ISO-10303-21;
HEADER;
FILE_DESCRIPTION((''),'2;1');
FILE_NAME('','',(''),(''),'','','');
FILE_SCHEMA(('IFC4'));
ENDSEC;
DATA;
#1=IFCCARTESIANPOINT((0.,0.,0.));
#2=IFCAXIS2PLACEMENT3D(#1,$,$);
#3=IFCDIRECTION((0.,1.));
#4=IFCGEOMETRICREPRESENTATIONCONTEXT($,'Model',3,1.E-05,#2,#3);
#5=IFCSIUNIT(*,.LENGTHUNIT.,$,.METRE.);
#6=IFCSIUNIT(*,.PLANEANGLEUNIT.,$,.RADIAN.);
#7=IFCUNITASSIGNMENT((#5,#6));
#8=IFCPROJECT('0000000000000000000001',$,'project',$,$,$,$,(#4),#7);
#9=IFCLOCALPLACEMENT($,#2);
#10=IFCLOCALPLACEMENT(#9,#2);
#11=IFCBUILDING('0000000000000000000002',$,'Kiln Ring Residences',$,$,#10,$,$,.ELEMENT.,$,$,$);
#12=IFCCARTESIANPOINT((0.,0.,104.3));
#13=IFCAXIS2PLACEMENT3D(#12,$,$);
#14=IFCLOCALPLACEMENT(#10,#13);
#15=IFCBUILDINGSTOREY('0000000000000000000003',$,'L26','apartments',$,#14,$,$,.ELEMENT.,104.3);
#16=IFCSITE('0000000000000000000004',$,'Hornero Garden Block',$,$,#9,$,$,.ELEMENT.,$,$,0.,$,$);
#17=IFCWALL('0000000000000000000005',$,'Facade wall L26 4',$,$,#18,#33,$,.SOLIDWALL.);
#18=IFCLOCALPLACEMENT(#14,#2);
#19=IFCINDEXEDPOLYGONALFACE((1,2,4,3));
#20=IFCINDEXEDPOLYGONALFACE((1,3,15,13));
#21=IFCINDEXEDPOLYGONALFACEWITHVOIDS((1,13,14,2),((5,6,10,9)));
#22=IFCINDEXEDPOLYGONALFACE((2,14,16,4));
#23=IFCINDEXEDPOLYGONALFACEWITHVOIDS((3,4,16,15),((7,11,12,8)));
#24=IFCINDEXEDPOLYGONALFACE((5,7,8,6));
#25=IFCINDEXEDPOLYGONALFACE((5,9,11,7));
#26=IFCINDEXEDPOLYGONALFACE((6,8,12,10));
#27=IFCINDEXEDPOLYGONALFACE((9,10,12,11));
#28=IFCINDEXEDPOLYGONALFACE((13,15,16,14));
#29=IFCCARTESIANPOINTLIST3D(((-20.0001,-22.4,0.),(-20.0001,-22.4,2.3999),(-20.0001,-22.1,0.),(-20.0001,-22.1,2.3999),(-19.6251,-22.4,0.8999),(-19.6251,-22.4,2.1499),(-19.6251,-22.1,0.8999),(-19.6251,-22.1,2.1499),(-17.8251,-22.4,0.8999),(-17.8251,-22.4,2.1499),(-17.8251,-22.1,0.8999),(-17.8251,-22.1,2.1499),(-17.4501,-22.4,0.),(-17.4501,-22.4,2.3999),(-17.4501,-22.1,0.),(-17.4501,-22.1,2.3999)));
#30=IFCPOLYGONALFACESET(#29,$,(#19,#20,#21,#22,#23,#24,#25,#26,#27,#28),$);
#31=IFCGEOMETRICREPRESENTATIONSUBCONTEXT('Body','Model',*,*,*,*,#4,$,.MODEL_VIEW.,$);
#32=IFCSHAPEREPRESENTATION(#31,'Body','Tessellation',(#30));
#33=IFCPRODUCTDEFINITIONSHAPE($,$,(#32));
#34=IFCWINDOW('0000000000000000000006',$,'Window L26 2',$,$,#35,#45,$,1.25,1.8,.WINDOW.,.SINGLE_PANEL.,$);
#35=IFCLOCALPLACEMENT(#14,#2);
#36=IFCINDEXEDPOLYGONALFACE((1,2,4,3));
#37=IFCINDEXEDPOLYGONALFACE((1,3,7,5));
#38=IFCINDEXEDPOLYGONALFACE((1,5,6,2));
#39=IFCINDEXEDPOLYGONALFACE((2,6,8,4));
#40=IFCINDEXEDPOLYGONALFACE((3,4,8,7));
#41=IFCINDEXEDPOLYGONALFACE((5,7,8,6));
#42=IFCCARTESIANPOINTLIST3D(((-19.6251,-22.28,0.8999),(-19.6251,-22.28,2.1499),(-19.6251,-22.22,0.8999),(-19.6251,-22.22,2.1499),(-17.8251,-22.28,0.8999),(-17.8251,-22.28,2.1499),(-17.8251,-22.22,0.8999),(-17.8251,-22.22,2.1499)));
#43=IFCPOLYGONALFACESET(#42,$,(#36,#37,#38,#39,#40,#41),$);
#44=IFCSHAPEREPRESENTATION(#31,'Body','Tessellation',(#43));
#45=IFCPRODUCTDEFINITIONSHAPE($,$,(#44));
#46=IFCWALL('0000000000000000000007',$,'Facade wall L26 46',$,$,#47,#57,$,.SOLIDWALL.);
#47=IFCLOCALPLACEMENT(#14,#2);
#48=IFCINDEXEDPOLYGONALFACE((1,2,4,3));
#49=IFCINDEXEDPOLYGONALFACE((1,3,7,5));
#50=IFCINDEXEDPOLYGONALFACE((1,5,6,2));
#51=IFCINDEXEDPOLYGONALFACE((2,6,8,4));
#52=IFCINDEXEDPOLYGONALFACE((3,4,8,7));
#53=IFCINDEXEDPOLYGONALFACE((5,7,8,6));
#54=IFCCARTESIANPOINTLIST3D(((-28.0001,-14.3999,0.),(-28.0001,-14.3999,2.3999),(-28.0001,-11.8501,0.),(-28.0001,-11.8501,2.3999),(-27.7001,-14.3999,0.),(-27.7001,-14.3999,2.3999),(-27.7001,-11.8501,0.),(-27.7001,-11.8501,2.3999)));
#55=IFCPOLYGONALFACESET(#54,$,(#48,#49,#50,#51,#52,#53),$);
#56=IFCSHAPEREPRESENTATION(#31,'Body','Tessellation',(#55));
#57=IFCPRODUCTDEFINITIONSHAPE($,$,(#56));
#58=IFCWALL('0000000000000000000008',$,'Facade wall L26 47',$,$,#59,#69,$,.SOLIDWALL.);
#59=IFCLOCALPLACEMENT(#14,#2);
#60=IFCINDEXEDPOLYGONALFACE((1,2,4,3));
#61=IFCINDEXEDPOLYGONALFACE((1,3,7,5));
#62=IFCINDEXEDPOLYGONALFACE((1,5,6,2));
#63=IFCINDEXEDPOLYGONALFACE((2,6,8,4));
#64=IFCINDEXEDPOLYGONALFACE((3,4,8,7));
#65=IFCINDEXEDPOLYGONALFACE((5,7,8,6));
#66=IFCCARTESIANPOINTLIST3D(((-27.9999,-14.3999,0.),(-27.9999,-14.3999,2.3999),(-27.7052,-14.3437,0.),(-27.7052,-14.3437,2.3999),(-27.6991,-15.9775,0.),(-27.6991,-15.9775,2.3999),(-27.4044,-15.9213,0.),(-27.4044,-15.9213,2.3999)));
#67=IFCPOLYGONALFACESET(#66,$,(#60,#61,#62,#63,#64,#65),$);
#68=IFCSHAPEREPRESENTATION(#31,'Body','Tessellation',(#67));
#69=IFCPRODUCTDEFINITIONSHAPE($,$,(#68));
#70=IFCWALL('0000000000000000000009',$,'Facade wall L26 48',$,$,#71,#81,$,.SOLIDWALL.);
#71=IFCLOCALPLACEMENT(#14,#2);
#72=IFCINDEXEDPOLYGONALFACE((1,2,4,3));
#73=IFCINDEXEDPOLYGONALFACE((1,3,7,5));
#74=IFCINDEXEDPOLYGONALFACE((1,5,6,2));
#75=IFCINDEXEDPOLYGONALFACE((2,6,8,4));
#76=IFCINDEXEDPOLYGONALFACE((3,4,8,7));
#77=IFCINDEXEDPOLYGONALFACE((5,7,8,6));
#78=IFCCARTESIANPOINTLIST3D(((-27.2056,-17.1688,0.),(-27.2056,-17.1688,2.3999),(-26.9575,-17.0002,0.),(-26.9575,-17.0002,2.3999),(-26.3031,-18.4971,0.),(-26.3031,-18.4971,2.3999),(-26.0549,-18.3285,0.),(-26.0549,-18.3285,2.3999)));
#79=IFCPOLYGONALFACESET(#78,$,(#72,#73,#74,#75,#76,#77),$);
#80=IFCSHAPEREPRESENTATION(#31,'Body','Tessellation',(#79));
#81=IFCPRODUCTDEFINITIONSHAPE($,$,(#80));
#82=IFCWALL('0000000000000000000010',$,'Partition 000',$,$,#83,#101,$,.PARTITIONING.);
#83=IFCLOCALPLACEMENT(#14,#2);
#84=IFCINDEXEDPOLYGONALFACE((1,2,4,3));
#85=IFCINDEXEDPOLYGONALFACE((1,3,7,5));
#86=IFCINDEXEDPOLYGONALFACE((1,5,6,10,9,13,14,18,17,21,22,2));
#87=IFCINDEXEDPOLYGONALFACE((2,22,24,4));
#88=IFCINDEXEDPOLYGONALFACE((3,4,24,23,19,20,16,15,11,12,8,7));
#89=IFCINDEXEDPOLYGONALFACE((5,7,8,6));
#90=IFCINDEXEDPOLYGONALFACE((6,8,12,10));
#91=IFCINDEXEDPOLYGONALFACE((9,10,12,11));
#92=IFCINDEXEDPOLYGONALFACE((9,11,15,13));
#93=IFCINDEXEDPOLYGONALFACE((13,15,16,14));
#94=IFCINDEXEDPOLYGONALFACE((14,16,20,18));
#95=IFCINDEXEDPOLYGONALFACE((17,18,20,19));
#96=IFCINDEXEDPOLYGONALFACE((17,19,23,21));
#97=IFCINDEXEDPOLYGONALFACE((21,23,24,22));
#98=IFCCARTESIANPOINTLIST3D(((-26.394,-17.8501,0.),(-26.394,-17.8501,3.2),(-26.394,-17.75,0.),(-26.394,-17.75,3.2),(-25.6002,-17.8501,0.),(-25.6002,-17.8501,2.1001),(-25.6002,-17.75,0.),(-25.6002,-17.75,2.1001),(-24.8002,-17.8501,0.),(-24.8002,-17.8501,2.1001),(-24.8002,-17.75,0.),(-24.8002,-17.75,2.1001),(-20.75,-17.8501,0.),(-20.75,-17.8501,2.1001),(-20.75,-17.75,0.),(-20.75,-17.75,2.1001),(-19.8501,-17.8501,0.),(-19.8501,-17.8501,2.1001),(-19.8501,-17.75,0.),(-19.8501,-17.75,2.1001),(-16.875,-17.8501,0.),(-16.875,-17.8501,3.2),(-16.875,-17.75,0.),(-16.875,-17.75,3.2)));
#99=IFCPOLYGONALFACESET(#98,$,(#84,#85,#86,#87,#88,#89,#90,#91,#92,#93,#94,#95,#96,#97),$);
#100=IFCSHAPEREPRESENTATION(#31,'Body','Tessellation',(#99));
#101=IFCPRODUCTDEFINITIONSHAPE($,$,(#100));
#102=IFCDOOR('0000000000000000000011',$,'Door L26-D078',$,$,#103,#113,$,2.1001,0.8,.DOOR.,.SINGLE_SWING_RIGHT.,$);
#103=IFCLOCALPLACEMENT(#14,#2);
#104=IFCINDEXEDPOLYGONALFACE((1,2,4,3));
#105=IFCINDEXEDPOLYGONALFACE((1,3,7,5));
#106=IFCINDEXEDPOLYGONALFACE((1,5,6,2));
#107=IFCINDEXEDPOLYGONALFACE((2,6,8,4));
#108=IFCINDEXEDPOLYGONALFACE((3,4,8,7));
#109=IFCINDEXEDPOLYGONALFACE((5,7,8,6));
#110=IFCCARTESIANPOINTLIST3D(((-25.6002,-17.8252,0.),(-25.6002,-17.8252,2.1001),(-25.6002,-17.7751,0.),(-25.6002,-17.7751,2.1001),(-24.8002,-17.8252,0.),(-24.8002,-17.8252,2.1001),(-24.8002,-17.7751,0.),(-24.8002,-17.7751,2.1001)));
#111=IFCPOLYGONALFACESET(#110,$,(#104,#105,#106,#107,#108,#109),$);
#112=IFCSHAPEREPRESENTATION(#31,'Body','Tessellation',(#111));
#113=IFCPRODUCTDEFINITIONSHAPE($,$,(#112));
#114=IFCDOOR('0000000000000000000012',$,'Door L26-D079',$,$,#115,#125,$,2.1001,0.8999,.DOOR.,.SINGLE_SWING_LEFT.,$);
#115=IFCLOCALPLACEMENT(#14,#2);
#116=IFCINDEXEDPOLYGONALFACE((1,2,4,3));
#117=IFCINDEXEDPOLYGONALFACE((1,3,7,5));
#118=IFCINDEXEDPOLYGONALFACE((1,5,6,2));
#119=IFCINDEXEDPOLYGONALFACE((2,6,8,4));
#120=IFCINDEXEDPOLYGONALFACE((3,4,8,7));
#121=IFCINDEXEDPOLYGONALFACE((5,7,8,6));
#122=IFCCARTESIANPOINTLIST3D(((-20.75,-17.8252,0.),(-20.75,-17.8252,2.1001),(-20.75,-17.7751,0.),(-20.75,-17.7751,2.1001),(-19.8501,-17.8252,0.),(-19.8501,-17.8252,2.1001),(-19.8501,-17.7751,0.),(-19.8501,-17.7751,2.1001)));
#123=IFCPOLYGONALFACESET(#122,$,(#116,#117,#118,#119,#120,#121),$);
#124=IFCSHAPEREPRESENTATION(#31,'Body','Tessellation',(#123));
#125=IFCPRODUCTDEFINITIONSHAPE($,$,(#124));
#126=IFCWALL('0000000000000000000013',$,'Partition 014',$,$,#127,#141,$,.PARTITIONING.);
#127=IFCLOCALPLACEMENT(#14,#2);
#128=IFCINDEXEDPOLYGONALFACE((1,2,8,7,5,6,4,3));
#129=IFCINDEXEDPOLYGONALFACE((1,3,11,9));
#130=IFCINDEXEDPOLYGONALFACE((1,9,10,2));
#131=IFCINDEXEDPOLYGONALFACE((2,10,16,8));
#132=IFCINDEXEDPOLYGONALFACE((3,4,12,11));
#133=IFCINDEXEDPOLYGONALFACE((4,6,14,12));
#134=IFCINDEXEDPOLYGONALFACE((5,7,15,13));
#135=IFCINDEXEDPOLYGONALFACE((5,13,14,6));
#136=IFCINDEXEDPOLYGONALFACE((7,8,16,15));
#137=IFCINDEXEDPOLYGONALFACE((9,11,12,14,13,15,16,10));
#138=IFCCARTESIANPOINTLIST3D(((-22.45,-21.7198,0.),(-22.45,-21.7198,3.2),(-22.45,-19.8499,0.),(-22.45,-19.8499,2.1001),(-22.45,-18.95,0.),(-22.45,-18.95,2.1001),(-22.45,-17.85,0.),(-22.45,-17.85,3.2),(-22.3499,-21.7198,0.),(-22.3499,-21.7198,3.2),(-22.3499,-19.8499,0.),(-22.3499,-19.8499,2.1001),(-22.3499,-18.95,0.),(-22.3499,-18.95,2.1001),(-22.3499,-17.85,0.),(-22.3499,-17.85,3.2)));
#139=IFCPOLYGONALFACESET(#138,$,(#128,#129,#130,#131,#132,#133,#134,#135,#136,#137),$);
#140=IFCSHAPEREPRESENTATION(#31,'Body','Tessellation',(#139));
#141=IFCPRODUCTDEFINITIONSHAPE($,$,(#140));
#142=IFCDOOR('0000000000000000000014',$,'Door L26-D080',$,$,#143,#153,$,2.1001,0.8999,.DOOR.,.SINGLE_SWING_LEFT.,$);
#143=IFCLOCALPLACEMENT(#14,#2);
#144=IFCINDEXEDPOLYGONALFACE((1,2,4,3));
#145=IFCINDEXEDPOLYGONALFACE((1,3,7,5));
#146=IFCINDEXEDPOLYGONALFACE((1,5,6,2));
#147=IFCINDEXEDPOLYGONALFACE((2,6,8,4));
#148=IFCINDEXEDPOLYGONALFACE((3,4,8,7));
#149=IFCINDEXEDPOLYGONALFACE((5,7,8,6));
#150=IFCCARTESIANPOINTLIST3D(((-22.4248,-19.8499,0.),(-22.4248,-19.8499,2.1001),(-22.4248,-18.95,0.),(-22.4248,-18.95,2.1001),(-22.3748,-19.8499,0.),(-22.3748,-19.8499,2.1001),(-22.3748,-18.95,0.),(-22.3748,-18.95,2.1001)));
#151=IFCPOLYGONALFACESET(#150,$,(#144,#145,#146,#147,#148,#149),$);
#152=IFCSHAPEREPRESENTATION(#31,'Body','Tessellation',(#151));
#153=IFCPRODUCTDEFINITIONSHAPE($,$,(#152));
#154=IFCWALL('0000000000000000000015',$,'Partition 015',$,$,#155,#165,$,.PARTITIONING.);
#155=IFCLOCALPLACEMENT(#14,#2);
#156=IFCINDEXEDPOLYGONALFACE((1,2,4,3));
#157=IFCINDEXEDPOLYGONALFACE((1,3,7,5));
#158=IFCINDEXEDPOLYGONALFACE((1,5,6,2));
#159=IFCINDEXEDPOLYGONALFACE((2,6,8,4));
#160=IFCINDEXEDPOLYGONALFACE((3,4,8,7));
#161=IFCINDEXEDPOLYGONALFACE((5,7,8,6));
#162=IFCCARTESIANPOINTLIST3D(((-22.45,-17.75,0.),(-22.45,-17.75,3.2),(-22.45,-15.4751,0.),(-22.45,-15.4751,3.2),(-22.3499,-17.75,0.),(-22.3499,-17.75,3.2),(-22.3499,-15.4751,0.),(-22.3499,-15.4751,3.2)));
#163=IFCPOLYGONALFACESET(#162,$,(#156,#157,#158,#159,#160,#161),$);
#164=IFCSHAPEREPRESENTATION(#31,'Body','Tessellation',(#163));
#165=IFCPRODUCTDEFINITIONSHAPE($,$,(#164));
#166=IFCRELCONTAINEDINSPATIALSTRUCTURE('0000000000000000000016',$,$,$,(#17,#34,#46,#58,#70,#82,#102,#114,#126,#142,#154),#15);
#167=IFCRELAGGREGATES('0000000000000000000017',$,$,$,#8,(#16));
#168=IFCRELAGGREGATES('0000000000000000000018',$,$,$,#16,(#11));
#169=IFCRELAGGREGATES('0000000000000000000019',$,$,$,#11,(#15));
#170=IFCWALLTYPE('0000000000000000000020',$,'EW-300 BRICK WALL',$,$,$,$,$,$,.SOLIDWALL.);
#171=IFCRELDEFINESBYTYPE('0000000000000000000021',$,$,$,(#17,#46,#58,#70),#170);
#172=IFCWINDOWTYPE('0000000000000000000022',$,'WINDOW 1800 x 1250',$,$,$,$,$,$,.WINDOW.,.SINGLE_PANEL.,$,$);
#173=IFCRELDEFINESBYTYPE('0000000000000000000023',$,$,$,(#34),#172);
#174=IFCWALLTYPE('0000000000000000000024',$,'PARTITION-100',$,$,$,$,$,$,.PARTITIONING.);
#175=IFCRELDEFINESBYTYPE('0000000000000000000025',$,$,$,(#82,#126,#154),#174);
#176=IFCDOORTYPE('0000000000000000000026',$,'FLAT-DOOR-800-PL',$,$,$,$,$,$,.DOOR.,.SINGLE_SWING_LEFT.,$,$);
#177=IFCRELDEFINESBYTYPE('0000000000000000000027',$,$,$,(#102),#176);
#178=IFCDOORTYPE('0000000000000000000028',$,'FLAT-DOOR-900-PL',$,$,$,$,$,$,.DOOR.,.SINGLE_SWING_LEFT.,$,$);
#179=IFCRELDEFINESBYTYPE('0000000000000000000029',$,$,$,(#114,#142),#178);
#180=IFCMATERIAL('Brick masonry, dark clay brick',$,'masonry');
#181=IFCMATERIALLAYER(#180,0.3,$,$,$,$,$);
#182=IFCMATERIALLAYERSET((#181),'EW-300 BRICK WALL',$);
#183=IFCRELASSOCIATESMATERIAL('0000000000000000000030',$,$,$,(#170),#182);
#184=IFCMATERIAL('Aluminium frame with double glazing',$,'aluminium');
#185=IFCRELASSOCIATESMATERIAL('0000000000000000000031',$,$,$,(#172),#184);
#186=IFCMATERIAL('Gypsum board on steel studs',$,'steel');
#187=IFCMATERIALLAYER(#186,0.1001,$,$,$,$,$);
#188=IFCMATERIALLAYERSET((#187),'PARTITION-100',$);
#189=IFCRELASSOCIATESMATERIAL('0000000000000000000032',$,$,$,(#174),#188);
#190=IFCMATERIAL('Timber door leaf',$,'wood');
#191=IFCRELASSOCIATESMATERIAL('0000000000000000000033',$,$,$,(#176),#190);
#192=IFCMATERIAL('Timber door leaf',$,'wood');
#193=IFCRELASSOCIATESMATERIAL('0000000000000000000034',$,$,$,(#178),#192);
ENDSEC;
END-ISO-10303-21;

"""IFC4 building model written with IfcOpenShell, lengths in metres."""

from ifc_helpers import new_model, si_unit, direction, frame, frame_2d, origin, place, context, subcontext, project, spatial, rectangle, extrude, material, layer, layer_set, type_object, element, fill, save


model = new_model("IFC4")

# Units and contexts
model_context = context("Model", 3, precision=1e-05, world=origin(), true_north=direction((0.0, 1.0)))
body_context = subcontext(model_context, "Body", "Model", "MODEL_VIEW")
ifc_project = project(units=[si_unit("LENGTHUNIT", "METRE"), si_unit("PLANEANGLEUNIT", "RADIAN")], contexts=[model_context])

# Site, building, storey
site_placement = place(None, origin())
site = spatial("IfcSite", under=ifc_project, at=site_placement, Name="Hornero Garden Block", CompositionType="ELEMENT", RefElevation=0.0)
building_placement = place(site_placement, origin())
building = spatial("IfcBuilding", under=site, at=building_placement, Name="Kiln Ring Residences", CompositionType="ELEMENT")
storey_placement = place(building_placement, frame((0.0, 0.0, 104.3)))
storey = spatial("IfcBuildingStorey", under=building, at=storey_placement, Name="L26", Description="apartments", CompositionType="ELEMENT", Elevation=104.3)

# Shared definitions
ifc_material_1 = material(Name="Brick masonry, dark clay brick", Category="masonry")
ifc_layer_1 = layer(ifc_material_1, 0.3)
ifc_layer_set_1 = layer_set([ifc_layer_1], Name="EW-300 BRICK WALL")
wall_type_1 = type_object("IfcWallType", Name="EW-300 BRICK WALL", PredefinedType="SOLIDWALL", material=ifc_layer_set_1)

# Wall, opening, window
wall_1_placement = place(storey_placement, frame((-20.0, -22.25, 0.0), z_axis=(0.0, 0.0, 1.0), x_axis=(1.0, 0.0, 0.0)))
wall_1 = element("IfcWall", 1, at=wall_1_placement, inside=storey, type_object=wall_type_1, Name="Facade wall L26 4", PredefinedType="SOLIDWALL", context=body_context, shape_type="SweptSolid", body=[
    extrude(rectangle(XDim=2.55, YDim=0.3, at=frame_2d((1.2749, 0.0))), origin(), (0.0, 0.0, 1.0), 2.3999),
])
opening_1_placement = place(wall_1_placement, frame((0.375, 0.0, 0.8999)))
opening_1 = element("IfcOpeningElement", 2, at=opening_1_placement, cuts=wall_1, PredefinedType="OPENING", context=body_context, shape_type="SweptSolid", body=[
    extrude(rectangle(XDim=1.8, YDim=1.25, at=frame_2d((0.8999, 0.625))), frame((0.0, 0.1599, 0.0), z_axis=(0.0, -1.0, 0.0), x_axis=(1.0, 0.0, 0.0)), (0.0, 0.0, 1.0), 0.3201),
])
ifc_material_2 = material(Name="Aluminium frame with double glazing", Category="aluminium")
window_type_1 = type_object("IfcWindowType", Name="WINDOW 1800 x 1250", PartitioningType="SINGLE_PANEL", PredefinedType="WINDOW", material=ifc_material_2)
window_1_placement = place(opening_1_placement, origin())
window_1 = element("IfcWindow", 3, at=window_1_placement, inside=storey, type_object=window_type_1, Name="Window L26 2", OverallHeight=1.25, OverallWidth=1.8, PartitioningType="SINGLE_PANEL", PredefinedType="WINDOW", context=body_context, shape_type="SweptSolid", body=[
    extrude(rectangle(XDim=1.8, YDim=1.25, at=frame_2d((0.8999, 0.625))), frame((0.0, 0.03, 0.0), z_axis=(0.0, -1.0, 0.0), x_axis=(1.0, 0.0, 0.0)), (0.0, 0.0, 1.0), 0.0601),
])
fill(opening_1, window_1)

# Walls
wall_2_placement = place(storey_placement, frame((-27.8501, -11.8501, 0.0), z_axis=(0.0, 0.0, 1.0), x_axis=(0.0, -1.0, 0.0)))
element("IfcWall", 4, at=wall_2_placement, inside=storey, type_object=wall_type_1, Name="Facade wall L26 46", PredefinedType="SOLIDWALL", context=body_context, shape_type="SweptSolid", body=[
    extrude(rectangle(XDim=2.5498, YDim=0.3, at=frame_2d((1.2749, 0.0))), origin(), (0.0, 0.0, 1.0), 2.3999),
])
for number, where, z_axis, x_axis, name in (
    (5, (-27.8525, -14.3718, 0.0), (0.0, 0.0, 1.0), (0.18728, -0.982307, 0.0), "Facade wall L26 47"),
    (6, (-27.0815, -17.0845, 0.0), (0.0, 0.0, 1.0), (0.562011, -0.82713, 0.0), "Facade wall L26 48"),
):
    element("IfcWall", number, at=place(storey_placement, frame(where, z_axis=z_axis, x_axis=x_axis)), inside=storey, type_object=wall_type_1, Name=name, PredefinedType="SOLIDWALL", context=body_context, shape_type="SweptSolid", body=[
        extrude(rectangle(XDim=1.606, YDim=0.3, at=frame_2d((0.803, 0.0))), origin(), (0.0, 0.0, 1.0), 2.3999),
    ])

# Wall, openings, doors
ifc_material_3 = material(Name="Gypsum board on steel studs", Category="steel")
ifc_layer_2 = layer(ifc_material_3, 0.1001)
ifc_layer_set_2 = layer_set([ifc_layer_2], Name="PARTITION-100")
wall_type_2 = type_object("IfcWallType", Name="PARTITION-100", PredefinedType="PARTITIONING", material=ifc_layer_set_2)
wall_3_placement = place(storey_placement, frame((-26.394, -17.8, 0.0), z_axis=(0.0, 0.0, 1.0), x_axis=(1.0, 0.0, 0.0)))
wall_3 = element("IfcWall", 7, at=wall_3_placement, inside=storey, type_object=wall_type_2, Name="Partition 000", PredefinedType="PARTITIONING", context=body_context, shape_type="SweptSolid", body=[
    extrude(rectangle(XDim=9.519, YDim=0.1001, at=frame_2d((4.7595, 0.0))), origin(), (0.0, 0.0, 1.0), 3.2),
])
opening_2_placement = place(wall_3_placement, frame((0.7939, 0.0, 0.0)))
opening_2 = element("IfcOpeningElement", 8, at=opening_2_placement, cuts=wall_3, PredefinedType="OPENING", context=body_context, shape_type="SweptSolid", body=[
    extrude(rectangle(XDim=0.8, YDim=2.1001, at=frame_2d((0.3999, 1.05))), frame((0.0, 0.0601, 0.0), z_axis=(0.0, -1.0, 0.0), x_axis=(1.0, 0.0, 0.0)), (0.0, 0.0, 1.0), 0.1201),
])
opening_3_placement = place(wall_3_placement, frame((5.644, 0.0, 0.0)))
opening_3 = element("IfcOpeningElement", 9, at=opening_3_placement, cuts=wall_3, PredefinedType="OPENING", context=body_context, shape_type="SweptSolid", body=[
    extrude(rectangle(XDim=0.8999, YDim=2.1001, at=frame_2d((0.45, 1.05))), frame((0.0, 0.0601, 0.0), z_axis=(0.0, -1.0, 0.0), x_axis=(1.0, 0.0, 0.0)), (0.0, 0.0, 1.0), 0.1201),
])
ifc_material_4 = material(Name="Timber door leaf", Category="wood")
door_type_1 = type_object("IfcDoorType", Name="FLAT-DOOR-800-PL", OperationType="SINGLE_SWING_LEFT", PredefinedType="DOOR", material=ifc_material_4)
door_1_placement = place(opening_2_placement, origin())
door_1 = element("IfcDoor", 10, at=door_1_placement, inside=storey, type_object=door_type_1, Name="Door L26-D078", OperationType="SINGLE_SWING_RIGHT", OverallHeight=2.1001, OverallWidth=0.8, PredefinedType="DOOR", context=body_context, shape_type="SweptSolid", body=[
    extrude(rectangle(XDim=0.8, YDim=2.1001, at=frame_2d((0.3999, 1.05))), frame((0.0, 0.0249, 0.0), z_axis=(0.0, -1.0, 0.0), x_axis=(1.0, 0.0, 0.0)), (0.0, 0.0, 1.0), 0.05),
])
fill(opening_2, door_1)
ifc_material_5 = material(Name="Timber door leaf", Category="wood")
door_type_2 = type_object("IfcDoorType", Name="FLAT-DOOR-900-PL", OperationType="SINGLE_SWING_LEFT", PredefinedType="DOOR", material=ifc_material_5)
door_2_placement = place(opening_3_placement, origin())
door_2 = element("IfcDoor", 11, at=door_2_placement, inside=storey, type_object=door_type_2, Name="Door L26-D079", OperationType="SINGLE_SWING_LEFT", OverallHeight=2.1001, OverallWidth=0.8999, PredefinedType="DOOR", context=body_context, shape_type="SweptSolid", body=[
    extrude(rectangle(XDim=0.8999, YDim=2.1001, at=frame_2d((0.45, 1.05))), frame((0.0, 0.0249, 0.0), z_axis=(0.0, -1.0, 0.0), x_axis=(1.0, 0.0, 0.0)), (0.0, 0.0, 1.0), 0.05),
])
fill(opening_3, door_2)

# Wall, opening, door
wall_4_placement = place(storey_placement, frame((-22.3999, -21.72, 0.0), z_axis=(0.0, 0.0, 1.0), x_axis=(0.0, 1.0, 0.0)))
wall_4 = element("IfcWall", 12, at=wall_4_placement, inside=storey, type_object=wall_type_2, Name="Partition 014", PredefinedType="PARTITIONING", context=body_context, shape_type="SweptSolid", body=[
    extrude(rectangle(XDim=3.8699, YDim=0.1001, at=frame_2d((1.9351, 0.0))), origin(), (0.0, 0.0, 1.0), 3.2),
])
opening_4_placement = place(wall_4_placement, frame((1.8701, 0.0, 0.0)))
opening_4 = element("IfcOpeningElement", 13, at=opening_4_placement, cuts=wall_4, PredefinedType="OPENING", context=body_context, shape_type="SweptSolid", body=[
    extrude(rectangle(XDim=0.8999, YDim=2.1001, at=frame_2d((0.45, 1.05))), frame((0.0, 0.0601, 0.0), z_axis=(0.0, -1.0, 0.0), x_axis=(1.0, 0.0, 0.0)), (0.0, 0.0, 1.0), 0.1201),
])
door_3_placement = place(opening_4_placement, origin())
door_3 = element("IfcDoor", 14, at=door_3_placement, inside=storey, type_object=door_type_2, Name="Door L26-D080", OperationType="SINGLE_SWING_LEFT", OverallHeight=2.1001, OverallWidth=0.8999, PredefinedType="DOOR", context=body_context, shape_type="SweptSolid", body=[
    extrude(rectangle(XDim=0.8999, YDim=2.1001, at=frame_2d((0.45, 1.05))), frame((0.0, 0.0249, 0.0), z_axis=(0.0, -1.0, 0.0), x_axis=(1.0, 0.0, 0.0)), (0.0, 0.0, 1.0), 0.05),
])
fill(opening_4, door_3)

# Wall
wall_5_placement = place(storey_placement, frame((-22.3999, -17.75, 0.0), z_axis=(0.0, 0.0, 1.0), x_axis=(0.0, 1.0, 0.0)))
element("IfcWall", 15, at=wall_5_placement, inside=storey, type_object=wall_type_2, Name="Partition 015", PredefinedType="PARTITIONING", context=body_context, shape_type="SweptSolid", body=[
    extrude(rectangle(XDim=2.2749, YDim=0.1001, at=frame_2d((1.1375, 0.0))), origin(), (0.0, 0.0, 1.0), 3.2),
])

save(model, "model.ifc")
